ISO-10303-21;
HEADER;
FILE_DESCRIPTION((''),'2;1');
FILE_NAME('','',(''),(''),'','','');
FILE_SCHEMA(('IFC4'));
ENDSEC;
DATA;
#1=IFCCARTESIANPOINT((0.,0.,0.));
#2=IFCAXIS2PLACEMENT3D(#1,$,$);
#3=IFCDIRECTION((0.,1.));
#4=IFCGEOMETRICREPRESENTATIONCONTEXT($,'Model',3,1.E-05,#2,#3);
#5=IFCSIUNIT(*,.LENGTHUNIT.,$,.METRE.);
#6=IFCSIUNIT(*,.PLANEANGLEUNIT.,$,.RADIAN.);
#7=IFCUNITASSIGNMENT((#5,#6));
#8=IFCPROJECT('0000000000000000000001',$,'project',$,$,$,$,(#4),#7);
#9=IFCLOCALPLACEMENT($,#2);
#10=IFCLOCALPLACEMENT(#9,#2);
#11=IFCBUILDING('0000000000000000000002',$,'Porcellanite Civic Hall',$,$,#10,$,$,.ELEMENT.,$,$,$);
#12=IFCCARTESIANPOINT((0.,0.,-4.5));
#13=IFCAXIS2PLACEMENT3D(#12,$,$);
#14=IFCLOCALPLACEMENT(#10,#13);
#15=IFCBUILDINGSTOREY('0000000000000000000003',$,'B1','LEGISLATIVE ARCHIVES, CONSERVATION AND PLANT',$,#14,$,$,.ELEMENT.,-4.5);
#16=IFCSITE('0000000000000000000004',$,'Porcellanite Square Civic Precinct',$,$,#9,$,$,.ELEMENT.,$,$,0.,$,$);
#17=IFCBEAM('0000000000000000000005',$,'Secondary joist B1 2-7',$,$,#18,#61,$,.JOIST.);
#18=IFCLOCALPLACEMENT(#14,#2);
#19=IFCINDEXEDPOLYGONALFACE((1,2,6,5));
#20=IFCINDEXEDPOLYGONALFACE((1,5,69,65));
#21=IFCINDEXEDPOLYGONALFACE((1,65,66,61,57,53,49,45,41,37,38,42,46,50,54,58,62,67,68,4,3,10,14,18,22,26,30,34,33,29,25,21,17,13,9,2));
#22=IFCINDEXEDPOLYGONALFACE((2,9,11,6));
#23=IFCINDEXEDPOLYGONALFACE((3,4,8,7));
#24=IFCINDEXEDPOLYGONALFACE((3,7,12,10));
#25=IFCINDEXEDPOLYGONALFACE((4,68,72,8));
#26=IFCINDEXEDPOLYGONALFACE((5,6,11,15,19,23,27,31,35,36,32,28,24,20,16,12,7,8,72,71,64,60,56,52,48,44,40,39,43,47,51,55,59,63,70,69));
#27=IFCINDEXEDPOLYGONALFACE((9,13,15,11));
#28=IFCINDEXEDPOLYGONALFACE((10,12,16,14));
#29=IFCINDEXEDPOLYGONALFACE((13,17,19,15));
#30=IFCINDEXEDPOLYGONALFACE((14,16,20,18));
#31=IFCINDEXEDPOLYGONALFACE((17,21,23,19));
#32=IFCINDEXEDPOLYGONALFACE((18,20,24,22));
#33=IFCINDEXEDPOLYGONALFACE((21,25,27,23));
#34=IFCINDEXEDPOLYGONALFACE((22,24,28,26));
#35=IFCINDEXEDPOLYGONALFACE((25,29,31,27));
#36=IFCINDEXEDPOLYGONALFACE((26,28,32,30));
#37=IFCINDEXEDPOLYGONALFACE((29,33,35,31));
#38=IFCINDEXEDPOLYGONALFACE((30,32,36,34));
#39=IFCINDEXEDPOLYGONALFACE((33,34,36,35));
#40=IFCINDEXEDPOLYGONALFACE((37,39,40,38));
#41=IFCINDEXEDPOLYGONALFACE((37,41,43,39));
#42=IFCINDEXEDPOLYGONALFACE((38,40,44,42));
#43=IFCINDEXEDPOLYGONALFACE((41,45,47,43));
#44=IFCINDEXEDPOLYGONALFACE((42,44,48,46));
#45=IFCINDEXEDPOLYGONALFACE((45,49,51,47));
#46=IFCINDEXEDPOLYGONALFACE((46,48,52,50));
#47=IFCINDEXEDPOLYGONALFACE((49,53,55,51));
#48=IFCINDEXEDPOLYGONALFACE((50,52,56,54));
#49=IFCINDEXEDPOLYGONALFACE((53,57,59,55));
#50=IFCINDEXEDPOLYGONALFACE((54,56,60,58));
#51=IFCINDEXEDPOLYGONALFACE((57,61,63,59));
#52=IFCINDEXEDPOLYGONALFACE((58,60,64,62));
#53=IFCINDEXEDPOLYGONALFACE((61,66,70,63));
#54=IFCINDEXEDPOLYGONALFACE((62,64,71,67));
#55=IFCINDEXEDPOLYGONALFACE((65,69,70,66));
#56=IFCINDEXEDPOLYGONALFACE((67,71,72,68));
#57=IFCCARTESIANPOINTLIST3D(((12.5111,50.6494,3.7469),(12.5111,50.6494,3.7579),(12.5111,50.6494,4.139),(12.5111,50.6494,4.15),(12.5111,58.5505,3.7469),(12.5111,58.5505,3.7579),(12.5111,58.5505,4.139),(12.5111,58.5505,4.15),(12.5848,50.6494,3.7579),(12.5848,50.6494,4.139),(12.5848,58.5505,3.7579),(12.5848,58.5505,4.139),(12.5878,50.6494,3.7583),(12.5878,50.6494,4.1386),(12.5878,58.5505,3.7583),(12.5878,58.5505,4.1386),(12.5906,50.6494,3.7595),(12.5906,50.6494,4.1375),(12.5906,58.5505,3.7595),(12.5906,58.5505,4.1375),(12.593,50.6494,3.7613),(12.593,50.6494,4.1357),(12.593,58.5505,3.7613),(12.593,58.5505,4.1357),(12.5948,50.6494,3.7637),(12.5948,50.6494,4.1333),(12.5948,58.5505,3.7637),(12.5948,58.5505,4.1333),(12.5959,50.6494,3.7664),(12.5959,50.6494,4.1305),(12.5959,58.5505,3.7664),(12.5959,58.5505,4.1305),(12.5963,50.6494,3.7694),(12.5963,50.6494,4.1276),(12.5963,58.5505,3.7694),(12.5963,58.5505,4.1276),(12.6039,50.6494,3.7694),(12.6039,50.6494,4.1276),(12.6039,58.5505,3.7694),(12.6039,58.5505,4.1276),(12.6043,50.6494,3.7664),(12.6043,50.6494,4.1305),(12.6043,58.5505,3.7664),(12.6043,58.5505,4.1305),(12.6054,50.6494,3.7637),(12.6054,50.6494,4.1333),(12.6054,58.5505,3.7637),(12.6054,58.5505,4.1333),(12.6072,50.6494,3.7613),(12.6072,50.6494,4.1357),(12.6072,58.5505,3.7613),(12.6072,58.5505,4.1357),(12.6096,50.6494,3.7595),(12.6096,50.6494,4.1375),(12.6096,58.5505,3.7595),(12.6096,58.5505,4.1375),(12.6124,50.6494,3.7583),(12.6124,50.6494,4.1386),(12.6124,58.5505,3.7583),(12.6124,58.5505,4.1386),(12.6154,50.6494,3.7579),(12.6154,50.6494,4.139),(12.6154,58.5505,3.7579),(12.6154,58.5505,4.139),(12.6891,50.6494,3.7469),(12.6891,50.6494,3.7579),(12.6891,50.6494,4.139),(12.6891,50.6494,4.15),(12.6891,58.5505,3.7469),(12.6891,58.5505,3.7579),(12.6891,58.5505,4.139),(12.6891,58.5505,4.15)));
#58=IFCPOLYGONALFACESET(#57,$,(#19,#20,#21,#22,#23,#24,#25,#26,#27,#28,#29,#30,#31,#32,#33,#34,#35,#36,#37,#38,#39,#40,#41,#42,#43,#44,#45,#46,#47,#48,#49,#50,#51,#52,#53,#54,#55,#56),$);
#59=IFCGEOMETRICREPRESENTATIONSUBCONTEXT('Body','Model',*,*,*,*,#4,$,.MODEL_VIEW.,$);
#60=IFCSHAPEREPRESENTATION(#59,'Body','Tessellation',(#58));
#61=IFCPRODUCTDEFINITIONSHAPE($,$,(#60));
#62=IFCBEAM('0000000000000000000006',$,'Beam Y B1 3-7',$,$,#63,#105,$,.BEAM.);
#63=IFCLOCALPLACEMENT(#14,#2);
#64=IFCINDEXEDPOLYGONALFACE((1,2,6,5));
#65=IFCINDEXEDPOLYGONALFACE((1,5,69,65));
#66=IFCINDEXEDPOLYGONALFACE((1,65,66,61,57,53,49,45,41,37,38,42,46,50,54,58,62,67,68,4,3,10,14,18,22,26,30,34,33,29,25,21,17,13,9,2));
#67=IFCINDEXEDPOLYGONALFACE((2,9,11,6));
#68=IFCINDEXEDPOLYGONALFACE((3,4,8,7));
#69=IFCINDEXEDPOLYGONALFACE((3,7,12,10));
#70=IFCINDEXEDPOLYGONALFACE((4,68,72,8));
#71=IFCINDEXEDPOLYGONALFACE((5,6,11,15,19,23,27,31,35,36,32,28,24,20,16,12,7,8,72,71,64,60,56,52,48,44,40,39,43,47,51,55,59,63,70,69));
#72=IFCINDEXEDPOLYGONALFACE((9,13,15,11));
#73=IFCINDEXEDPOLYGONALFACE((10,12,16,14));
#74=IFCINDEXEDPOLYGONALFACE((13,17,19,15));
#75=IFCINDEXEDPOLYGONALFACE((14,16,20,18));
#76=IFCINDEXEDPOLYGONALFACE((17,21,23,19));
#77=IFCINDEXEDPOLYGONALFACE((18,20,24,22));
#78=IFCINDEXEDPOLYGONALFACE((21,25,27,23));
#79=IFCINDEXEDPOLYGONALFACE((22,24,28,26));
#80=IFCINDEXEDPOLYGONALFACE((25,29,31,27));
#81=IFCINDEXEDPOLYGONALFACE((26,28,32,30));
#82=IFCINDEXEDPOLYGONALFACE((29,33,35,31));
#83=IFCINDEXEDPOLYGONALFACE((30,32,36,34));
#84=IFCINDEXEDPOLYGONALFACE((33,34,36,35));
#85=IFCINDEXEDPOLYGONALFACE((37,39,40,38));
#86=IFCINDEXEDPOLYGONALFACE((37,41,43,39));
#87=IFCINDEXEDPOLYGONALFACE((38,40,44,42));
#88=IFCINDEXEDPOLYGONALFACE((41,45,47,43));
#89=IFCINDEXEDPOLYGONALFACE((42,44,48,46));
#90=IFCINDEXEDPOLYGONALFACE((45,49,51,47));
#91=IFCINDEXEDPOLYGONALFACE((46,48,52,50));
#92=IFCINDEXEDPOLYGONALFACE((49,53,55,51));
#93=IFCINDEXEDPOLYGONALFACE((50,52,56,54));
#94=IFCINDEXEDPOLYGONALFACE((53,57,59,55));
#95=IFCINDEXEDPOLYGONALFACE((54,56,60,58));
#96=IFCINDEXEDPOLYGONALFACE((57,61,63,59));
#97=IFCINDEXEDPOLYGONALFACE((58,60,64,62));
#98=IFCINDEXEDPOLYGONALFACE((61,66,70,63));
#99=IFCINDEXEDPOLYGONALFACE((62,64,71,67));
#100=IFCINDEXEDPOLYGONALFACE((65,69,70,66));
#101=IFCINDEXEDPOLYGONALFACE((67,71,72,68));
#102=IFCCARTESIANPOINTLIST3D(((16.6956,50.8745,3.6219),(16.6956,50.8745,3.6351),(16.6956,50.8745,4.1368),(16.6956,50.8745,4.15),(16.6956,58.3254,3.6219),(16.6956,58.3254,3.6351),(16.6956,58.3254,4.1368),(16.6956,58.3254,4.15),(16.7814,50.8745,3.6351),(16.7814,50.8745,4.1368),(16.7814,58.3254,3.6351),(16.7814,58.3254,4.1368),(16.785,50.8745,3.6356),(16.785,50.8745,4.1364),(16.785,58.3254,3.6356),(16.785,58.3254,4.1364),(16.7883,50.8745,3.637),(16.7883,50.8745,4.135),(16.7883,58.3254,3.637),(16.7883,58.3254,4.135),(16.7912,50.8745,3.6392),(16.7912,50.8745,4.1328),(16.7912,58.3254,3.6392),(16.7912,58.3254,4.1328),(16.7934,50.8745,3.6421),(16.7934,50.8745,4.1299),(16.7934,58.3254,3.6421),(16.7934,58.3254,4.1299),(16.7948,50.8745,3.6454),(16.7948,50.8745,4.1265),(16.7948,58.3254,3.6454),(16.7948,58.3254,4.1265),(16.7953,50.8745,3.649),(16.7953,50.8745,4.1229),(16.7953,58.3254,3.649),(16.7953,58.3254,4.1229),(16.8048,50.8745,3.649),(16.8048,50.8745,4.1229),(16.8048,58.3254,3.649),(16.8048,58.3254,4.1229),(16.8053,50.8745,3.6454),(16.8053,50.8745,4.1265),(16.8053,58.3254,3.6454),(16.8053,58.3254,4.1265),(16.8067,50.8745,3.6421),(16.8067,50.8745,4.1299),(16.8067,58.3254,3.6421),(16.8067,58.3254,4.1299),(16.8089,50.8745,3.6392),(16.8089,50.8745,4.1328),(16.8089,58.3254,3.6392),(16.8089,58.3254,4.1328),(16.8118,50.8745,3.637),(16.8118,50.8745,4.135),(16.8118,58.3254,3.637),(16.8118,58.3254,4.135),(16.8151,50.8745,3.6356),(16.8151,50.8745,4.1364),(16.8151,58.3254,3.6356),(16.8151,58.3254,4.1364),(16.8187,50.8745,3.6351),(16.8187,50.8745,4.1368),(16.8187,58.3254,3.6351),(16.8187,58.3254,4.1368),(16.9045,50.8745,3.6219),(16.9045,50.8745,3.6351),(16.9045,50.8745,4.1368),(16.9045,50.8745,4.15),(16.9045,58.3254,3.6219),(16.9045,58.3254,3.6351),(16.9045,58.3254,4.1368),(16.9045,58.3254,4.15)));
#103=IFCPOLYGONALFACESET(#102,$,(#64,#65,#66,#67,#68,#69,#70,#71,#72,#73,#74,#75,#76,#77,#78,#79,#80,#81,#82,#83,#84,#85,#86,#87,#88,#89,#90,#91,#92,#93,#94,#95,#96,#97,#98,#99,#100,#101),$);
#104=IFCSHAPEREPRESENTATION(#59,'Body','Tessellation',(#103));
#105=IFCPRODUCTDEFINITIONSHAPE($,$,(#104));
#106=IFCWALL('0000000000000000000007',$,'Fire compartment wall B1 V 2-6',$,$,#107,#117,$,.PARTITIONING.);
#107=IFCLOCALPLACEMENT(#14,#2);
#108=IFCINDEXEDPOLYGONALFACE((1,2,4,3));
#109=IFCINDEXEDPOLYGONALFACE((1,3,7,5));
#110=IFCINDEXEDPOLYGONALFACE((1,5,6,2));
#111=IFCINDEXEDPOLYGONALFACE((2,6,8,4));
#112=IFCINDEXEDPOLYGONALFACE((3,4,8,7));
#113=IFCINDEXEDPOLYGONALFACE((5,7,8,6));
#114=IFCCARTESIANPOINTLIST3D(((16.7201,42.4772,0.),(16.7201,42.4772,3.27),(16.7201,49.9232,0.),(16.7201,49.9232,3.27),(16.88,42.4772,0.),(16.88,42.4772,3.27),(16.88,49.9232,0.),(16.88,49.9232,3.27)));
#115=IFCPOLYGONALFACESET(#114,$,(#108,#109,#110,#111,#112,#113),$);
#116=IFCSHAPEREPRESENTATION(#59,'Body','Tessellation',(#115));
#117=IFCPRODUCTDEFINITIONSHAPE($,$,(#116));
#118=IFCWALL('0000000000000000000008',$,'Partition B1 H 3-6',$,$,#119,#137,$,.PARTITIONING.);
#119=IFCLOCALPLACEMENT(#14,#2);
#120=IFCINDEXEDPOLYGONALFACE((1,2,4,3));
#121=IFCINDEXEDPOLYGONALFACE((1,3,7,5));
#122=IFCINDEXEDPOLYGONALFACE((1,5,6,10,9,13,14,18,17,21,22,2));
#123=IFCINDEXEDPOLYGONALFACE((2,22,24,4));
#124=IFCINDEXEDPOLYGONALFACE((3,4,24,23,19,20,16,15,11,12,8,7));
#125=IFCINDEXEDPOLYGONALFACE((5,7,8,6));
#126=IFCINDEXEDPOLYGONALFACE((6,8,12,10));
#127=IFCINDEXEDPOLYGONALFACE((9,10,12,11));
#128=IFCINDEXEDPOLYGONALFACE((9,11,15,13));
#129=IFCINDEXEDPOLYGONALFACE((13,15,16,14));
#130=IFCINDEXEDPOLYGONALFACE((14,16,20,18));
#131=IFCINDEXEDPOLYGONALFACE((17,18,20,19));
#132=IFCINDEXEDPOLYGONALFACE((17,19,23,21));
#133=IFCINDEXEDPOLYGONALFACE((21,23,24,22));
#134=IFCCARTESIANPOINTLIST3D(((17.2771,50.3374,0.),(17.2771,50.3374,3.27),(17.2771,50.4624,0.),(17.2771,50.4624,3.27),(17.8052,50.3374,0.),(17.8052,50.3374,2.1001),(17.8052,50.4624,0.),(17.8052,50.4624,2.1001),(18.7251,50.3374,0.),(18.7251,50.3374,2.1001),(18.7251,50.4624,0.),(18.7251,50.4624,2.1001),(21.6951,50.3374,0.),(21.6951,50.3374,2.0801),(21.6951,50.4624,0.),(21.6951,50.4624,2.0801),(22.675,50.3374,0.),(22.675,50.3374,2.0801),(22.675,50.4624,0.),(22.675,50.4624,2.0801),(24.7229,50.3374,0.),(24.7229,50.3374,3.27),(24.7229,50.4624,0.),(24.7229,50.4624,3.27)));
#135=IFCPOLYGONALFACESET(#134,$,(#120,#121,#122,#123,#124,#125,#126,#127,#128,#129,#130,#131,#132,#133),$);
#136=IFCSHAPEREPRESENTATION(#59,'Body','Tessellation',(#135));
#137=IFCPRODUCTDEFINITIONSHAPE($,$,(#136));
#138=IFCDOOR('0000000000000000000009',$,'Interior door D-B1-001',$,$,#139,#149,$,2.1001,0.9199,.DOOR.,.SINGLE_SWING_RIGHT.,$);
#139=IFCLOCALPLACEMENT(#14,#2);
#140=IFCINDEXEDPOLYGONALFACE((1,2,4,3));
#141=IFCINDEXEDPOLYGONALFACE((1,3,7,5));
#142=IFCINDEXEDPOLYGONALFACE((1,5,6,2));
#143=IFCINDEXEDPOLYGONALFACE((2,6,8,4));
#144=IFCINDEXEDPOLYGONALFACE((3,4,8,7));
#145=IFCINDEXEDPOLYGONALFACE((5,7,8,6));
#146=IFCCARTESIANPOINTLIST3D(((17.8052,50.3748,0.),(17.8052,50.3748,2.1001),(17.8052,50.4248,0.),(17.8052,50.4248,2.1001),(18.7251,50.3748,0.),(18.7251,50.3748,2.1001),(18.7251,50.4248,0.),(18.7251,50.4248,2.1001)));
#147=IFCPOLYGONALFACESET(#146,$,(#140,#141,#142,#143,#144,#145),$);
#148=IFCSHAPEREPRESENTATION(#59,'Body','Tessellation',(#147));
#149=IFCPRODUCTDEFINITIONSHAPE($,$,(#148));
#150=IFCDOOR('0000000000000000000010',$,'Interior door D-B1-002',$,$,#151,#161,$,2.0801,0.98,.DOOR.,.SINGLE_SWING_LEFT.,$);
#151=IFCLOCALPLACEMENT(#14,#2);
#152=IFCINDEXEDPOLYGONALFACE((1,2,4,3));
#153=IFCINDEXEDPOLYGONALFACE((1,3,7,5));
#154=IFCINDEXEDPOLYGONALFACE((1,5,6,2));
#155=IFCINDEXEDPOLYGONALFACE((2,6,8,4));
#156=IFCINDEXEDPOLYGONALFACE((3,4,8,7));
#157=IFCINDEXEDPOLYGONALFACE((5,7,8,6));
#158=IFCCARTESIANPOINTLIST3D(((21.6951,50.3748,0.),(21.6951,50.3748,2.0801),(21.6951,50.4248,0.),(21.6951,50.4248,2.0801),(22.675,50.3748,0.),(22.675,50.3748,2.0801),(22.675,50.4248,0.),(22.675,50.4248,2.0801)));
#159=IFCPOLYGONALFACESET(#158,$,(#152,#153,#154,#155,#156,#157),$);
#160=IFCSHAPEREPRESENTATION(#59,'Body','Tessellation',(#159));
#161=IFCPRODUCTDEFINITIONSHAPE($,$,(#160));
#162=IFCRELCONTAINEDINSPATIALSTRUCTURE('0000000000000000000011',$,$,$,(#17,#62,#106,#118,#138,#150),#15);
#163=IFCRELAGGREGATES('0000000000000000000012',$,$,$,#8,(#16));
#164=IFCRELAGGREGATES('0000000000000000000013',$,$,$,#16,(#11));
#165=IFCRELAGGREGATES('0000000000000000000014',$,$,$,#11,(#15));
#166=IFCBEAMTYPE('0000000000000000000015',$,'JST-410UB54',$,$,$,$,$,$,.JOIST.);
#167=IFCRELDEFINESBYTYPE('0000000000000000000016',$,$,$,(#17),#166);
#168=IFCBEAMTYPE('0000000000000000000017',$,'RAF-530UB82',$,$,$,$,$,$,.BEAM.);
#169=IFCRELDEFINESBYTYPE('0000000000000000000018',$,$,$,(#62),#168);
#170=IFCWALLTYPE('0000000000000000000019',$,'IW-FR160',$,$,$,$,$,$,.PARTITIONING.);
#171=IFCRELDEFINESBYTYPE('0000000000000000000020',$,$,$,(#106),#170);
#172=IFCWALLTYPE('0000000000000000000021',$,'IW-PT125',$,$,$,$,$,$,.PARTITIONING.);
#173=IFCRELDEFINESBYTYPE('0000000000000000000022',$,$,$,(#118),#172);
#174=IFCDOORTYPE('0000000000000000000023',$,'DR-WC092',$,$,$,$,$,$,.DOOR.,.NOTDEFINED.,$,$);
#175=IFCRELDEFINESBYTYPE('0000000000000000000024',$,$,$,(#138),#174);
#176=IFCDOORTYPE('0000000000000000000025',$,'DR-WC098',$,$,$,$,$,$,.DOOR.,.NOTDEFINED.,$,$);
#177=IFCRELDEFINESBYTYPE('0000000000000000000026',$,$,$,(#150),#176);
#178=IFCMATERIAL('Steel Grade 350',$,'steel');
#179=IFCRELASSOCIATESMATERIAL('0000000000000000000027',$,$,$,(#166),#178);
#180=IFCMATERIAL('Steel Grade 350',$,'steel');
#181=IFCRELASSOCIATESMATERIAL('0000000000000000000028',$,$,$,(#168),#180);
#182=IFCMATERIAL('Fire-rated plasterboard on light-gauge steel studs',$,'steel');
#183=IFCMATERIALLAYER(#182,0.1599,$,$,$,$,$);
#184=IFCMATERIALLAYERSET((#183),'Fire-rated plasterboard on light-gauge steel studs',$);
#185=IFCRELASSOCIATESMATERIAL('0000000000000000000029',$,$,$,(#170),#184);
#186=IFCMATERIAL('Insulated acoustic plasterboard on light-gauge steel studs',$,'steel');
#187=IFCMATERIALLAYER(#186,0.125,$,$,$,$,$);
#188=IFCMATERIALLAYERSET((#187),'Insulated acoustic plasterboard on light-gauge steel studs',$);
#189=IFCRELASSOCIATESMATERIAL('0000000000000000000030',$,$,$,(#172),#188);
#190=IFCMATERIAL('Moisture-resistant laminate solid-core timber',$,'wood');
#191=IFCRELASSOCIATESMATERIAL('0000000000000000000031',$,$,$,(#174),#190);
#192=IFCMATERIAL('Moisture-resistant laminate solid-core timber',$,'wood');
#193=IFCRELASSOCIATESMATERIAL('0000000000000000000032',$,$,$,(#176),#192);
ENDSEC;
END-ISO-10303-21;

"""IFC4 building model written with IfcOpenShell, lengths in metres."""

from ifc_helpers import new_model, si_unit, direction, frame, frame_2d, origin, origin_2d, place, context, subcontext, project, spatial, rectangle, i_section, extrude, material, layer, layer_set, material_profile, profile_set, type_object, element, fill, save


model = new_model("IFC4")

# Units and contexts
model_context = context("Model", 3, precision=1e-05, world=origin(), true_north=direction((0.0, 1.0)))
body_context = subcontext(model_context, "Body", "Model", "MODEL_VIEW")
ifc_project = project(units=[si_unit("LENGTHUNIT", "METRE"), si_unit("PLANEANGLEUNIT", "RADIAN")], contexts=[model_context])

# Site, building, storey
site_placement = place(None, origin())
site = spatial("IfcSite", under=ifc_project, at=site_placement, Name="Porcellanite Square Civic Precinct", CompositionType="ELEMENT", RefElevation=0.0)
building_placement = place(site_placement, origin())
building = spatial("IfcBuilding", under=site, at=building_placement, Name="Porcellanite Civic Hall", CompositionType="ELEMENT")
storey_placement = place(building_placement, frame((0.0, 0.0, -4.5)))
storey = spatial("IfcBuildingStorey", under=building, at=storey_placement, Name="B1", Description="LEGISLATIVE ARCHIVES, CONSERVATION AND PLANT", CompositionType="ELEMENT", Elevation=-4.5)

# Beams
ifc_material_1 = material(Name="Steel Grade 350", Category="steel")
ifc_material_profile_1 = material_profile(ifc_material_1, i_section(OverallWidth=0.178, OverallDepth=0.4031, WebThickness=0.0076, FlangeThickness=0.011, FilletRadius=0.0115, at=origin_2d()), Name="410UB53.7")
ifc_profile_set_1 = profile_set([ifc_material_profile_1], Name="Steel Grade 350")
beam_type_1 = type_object("IfcBeamType", Name="JST-410UB54", PredefinedType="JOIST", material=ifc_profile_set_1)
beam_1_placement = place(storey_placement, frame((12.6001, 50.6494, 3.9485), z_axis=(0.0, 1.0, 0.0), x_axis=(-1.0, 0.0, 0.0)))
element("IfcBeam", 1, at=beam_1_placement, inside=storey, type_object=beam_type_1, Name="Secondary joist B1 2-7", PredefinedType="JOIST", context=body_context, shape_type="SweptSolid", body=[
    extrude(i_section(OverallWidth=0.178, OverallDepth=0.4031, WebThickness=0.0076, FlangeThickness=0.011, FilletRadius=0.0115, at=origin_2d()), origin(), (0.0, 0.0, 1.0), 7.9011),
])
ifc_material_2 = material(Name="Steel Grade 350", Category="steel")
ifc_material_profile_2 = material_profile(ifc_material_2, i_section(OverallWidth=0.209, OverallDepth=0.5281, WebThickness=0.0095, FlangeThickness=0.0132, FilletRadius=0.0139, at=origin_2d()), Name="530UB82.0")
ifc_profile_set_2 = profile_set([ifc_material_profile_2], Name="Steel Grade 350")
beam_type_2 = type_object("IfcBeamType", Name="RAF-530UB82", PredefinedType="BEAM", material=ifc_profile_set_2)
beam_2_placement = place(storey_placement, frame((16.8, 50.8745, 3.886), z_axis=(0.0, 1.0, 0.0), x_axis=(-1.0, 0.0, 0.0)))
element("IfcBeam", 2, at=beam_2_placement, inside=storey, type_object=beam_type_2, Name="Beam Y B1 3-7", PredefinedType="BEAM", context=body_context, shape_type="SweptSolid", body=[
    extrude(i_section(OverallWidth=0.209, OverallDepth=0.5281, WebThickness=0.0095, FlangeThickness=0.0132, FilletRadius=0.0139, at=origin_2d()), origin(), (0.0, 0.0, 1.0), 7.4509),
])

# Wall
ifc_material_3 = material(Name="Fire-rated plasterboard on light-gauge steel studs", Category="steel")
ifc_layer_1 = layer(ifc_material_3, 0.1599)
ifc_layer_set_1 = layer_set([ifc_layer_1], Name="Fire-rated plasterboard on light-gauge steel studs")
wall_type_1 = type_object("IfcWallType", Name="IW-FR160", PredefinedType="PARTITIONING", material=ifc_layer_set_1)
wall_1_placement = place(storey_placement, frame((16.8, 42.4771, 0.0), z_axis=(0.0, 0.0, 1.0), x_axis=(0.0, 1.0, 0.0)))
element("IfcWall", 3, at=wall_1_placement, inside=storey, type_object=wall_type_1, Name="Fire compartment wall B1 V 2-6", PredefinedType="PARTITIONING", context=body_context, shape_type="SweptSolid", body=[
    extrude(rectangle(XDim=7.446, YDim=0.1599, at=frame_2d((3.7231, 0.0))), origin(), (0.0, 0.0, 1.0), 3.27),
])

# Wall, openings, doors
ifc_material_4 = material(Name="Insulated acoustic plasterboard on light-gauge steel studs", Category="steel")
ifc_layer_2 = layer(ifc_material_4, 0.125)
ifc_layer_set_2 = layer_set([ifc_layer_2], Name="Insulated acoustic plasterboard on light-gauge steel studs")
wall_type_2 = type_object("IfcWallType", Name="IW-PT125", PredefinedType="PARTITIONING", material=ifc_layer_set_2)
wall_2_placement = place(storey_placement, frame((17.2771, 50.3999, 0.0), z_axis=(0.0, 0.0, 1.0), x_axis=(1.0, 0.0, 0.0)))
wall_2 = element("IfcWall", 4, at=wall_2_placement, inside=storey, type_object=wall_type_2, Name="Partition B1 H 3-6", PredefinedType="PARTITIONING", context=body_context, shape_type="SweptSolid", body=[
    extrude(rectangle(XDim=7.4458, YDim=0.125, at=frame_2d((3.7229, 0.0))), origin(), (0.0, 0.0, 1.0), 3.27),
])
opening_1_placement = place(wall_2_placement, frame((0.5281, 0.0, 0.0)))
opening_1 = element("IfcOpeningElement", 5, at=opening_1_placement, cuts=wall_2, PredefinedType="OPENING", context=body_context, shape_type="SweptSolid", body=[
    extrude(rectangle(XDim=0.9199, YDim=2.1001, at=frame_2d((0.46, 1.05))), frame((0.0, 0.0625, 0.0), z_axis=(0.0, -1.0, 0.0), x_axis=(1.0, 0.0, 0.0)), (0.0, 0.0, 1.0), 0.125),
])
opening_2_placement = place(wall_2_placement, frame((4.418, 0.0, 0.0)))
opening_2 = element("IfcOpeningElement", 6, at=opening_2_placement, cuts=wall_2, PredefinedType="OPENING", context=body_context, shape_type="SweptSolid", body=[
    extrude(rectangle(XDim=0.98, YDim=2.0801, at=frame_2d((0.49, 1.04))), frame((0.0, 0.0625, 0.0), z_axis=(0.0, -1.0, 0.0), x_axis=(1.0, 0.0, 0.0)), (0.0, 0.0, 1.0), 0.125),
])
ifc_material_5 = material(Name="Moisture-resistant laminate solid-core timber", Category="wood")
door_type_1 = type_object("IfcDoorType", Name="DR-WC092", OperationType="NOTDEFINED", PredefinedType="DOOR", material=ifc_material_5)
door_1_placement = place(opening_1_placement, origin())
door_1 = element("IfcDoor", 7, at=door_1_placement, inside=storey, type_object=door_type_1, Name="Interior door D-B1-001", OperationType="SINGLE_SWING_RIGHT", OverallHeight=2.1001, OverallWidth=0.9199, PredefinedType="DOOR", context=body_context, shape_type="SweptSolid", body=[
    extrude(rectangle(XDim=0.9199, YDim=2.1001, at=frame_2d((0.46, 1.05))), frame((0.0, 0.0249, 0.0), z_axis=(0.0, -1.0, 0.0), x_axis=(1.0, 0.0, 0.0)), (0.0, 0.0, 1.0), 0.05),
])
fill(opening_1, door_1)
ifc_material_6 = material(Name="Moisture-resistant laminate solid-core timber", Category="wood")
door_type_2 = type_object("IfcDoorType", Name="DR-WC098", OperationType="NOTDEFINED", PredefinedType="DOOR", material=ifc_material_6)
door_2_placement = place(opening_2_placement, origin())
door_2 = element("IfcDoor", 8, at=door_2_placement, inside=storey, type_object=door_type_2, Name="Interior door D-B1-002", OperationType="SINGLE_SWING_LEFT", OverallHeight=2.0801, OverallWidth=0.98, PredefinedType="DOOR", context=body_context, shape_type="SweptSolid", body=[
    extrude(rectangle(XDim=0.98, YDim=2.0801, at=frame_2d((0.49, 1.04))), frame((0.0, 0.0249, 0.0), z_axis=(0.0, -1.0, 0.0), x_axis=(1.0, 0.0, 0.0)), (0.0, 0.0, 1.0), 0.05),
])
fill(opening_2, door_2)

save(model, "model.ifc")
